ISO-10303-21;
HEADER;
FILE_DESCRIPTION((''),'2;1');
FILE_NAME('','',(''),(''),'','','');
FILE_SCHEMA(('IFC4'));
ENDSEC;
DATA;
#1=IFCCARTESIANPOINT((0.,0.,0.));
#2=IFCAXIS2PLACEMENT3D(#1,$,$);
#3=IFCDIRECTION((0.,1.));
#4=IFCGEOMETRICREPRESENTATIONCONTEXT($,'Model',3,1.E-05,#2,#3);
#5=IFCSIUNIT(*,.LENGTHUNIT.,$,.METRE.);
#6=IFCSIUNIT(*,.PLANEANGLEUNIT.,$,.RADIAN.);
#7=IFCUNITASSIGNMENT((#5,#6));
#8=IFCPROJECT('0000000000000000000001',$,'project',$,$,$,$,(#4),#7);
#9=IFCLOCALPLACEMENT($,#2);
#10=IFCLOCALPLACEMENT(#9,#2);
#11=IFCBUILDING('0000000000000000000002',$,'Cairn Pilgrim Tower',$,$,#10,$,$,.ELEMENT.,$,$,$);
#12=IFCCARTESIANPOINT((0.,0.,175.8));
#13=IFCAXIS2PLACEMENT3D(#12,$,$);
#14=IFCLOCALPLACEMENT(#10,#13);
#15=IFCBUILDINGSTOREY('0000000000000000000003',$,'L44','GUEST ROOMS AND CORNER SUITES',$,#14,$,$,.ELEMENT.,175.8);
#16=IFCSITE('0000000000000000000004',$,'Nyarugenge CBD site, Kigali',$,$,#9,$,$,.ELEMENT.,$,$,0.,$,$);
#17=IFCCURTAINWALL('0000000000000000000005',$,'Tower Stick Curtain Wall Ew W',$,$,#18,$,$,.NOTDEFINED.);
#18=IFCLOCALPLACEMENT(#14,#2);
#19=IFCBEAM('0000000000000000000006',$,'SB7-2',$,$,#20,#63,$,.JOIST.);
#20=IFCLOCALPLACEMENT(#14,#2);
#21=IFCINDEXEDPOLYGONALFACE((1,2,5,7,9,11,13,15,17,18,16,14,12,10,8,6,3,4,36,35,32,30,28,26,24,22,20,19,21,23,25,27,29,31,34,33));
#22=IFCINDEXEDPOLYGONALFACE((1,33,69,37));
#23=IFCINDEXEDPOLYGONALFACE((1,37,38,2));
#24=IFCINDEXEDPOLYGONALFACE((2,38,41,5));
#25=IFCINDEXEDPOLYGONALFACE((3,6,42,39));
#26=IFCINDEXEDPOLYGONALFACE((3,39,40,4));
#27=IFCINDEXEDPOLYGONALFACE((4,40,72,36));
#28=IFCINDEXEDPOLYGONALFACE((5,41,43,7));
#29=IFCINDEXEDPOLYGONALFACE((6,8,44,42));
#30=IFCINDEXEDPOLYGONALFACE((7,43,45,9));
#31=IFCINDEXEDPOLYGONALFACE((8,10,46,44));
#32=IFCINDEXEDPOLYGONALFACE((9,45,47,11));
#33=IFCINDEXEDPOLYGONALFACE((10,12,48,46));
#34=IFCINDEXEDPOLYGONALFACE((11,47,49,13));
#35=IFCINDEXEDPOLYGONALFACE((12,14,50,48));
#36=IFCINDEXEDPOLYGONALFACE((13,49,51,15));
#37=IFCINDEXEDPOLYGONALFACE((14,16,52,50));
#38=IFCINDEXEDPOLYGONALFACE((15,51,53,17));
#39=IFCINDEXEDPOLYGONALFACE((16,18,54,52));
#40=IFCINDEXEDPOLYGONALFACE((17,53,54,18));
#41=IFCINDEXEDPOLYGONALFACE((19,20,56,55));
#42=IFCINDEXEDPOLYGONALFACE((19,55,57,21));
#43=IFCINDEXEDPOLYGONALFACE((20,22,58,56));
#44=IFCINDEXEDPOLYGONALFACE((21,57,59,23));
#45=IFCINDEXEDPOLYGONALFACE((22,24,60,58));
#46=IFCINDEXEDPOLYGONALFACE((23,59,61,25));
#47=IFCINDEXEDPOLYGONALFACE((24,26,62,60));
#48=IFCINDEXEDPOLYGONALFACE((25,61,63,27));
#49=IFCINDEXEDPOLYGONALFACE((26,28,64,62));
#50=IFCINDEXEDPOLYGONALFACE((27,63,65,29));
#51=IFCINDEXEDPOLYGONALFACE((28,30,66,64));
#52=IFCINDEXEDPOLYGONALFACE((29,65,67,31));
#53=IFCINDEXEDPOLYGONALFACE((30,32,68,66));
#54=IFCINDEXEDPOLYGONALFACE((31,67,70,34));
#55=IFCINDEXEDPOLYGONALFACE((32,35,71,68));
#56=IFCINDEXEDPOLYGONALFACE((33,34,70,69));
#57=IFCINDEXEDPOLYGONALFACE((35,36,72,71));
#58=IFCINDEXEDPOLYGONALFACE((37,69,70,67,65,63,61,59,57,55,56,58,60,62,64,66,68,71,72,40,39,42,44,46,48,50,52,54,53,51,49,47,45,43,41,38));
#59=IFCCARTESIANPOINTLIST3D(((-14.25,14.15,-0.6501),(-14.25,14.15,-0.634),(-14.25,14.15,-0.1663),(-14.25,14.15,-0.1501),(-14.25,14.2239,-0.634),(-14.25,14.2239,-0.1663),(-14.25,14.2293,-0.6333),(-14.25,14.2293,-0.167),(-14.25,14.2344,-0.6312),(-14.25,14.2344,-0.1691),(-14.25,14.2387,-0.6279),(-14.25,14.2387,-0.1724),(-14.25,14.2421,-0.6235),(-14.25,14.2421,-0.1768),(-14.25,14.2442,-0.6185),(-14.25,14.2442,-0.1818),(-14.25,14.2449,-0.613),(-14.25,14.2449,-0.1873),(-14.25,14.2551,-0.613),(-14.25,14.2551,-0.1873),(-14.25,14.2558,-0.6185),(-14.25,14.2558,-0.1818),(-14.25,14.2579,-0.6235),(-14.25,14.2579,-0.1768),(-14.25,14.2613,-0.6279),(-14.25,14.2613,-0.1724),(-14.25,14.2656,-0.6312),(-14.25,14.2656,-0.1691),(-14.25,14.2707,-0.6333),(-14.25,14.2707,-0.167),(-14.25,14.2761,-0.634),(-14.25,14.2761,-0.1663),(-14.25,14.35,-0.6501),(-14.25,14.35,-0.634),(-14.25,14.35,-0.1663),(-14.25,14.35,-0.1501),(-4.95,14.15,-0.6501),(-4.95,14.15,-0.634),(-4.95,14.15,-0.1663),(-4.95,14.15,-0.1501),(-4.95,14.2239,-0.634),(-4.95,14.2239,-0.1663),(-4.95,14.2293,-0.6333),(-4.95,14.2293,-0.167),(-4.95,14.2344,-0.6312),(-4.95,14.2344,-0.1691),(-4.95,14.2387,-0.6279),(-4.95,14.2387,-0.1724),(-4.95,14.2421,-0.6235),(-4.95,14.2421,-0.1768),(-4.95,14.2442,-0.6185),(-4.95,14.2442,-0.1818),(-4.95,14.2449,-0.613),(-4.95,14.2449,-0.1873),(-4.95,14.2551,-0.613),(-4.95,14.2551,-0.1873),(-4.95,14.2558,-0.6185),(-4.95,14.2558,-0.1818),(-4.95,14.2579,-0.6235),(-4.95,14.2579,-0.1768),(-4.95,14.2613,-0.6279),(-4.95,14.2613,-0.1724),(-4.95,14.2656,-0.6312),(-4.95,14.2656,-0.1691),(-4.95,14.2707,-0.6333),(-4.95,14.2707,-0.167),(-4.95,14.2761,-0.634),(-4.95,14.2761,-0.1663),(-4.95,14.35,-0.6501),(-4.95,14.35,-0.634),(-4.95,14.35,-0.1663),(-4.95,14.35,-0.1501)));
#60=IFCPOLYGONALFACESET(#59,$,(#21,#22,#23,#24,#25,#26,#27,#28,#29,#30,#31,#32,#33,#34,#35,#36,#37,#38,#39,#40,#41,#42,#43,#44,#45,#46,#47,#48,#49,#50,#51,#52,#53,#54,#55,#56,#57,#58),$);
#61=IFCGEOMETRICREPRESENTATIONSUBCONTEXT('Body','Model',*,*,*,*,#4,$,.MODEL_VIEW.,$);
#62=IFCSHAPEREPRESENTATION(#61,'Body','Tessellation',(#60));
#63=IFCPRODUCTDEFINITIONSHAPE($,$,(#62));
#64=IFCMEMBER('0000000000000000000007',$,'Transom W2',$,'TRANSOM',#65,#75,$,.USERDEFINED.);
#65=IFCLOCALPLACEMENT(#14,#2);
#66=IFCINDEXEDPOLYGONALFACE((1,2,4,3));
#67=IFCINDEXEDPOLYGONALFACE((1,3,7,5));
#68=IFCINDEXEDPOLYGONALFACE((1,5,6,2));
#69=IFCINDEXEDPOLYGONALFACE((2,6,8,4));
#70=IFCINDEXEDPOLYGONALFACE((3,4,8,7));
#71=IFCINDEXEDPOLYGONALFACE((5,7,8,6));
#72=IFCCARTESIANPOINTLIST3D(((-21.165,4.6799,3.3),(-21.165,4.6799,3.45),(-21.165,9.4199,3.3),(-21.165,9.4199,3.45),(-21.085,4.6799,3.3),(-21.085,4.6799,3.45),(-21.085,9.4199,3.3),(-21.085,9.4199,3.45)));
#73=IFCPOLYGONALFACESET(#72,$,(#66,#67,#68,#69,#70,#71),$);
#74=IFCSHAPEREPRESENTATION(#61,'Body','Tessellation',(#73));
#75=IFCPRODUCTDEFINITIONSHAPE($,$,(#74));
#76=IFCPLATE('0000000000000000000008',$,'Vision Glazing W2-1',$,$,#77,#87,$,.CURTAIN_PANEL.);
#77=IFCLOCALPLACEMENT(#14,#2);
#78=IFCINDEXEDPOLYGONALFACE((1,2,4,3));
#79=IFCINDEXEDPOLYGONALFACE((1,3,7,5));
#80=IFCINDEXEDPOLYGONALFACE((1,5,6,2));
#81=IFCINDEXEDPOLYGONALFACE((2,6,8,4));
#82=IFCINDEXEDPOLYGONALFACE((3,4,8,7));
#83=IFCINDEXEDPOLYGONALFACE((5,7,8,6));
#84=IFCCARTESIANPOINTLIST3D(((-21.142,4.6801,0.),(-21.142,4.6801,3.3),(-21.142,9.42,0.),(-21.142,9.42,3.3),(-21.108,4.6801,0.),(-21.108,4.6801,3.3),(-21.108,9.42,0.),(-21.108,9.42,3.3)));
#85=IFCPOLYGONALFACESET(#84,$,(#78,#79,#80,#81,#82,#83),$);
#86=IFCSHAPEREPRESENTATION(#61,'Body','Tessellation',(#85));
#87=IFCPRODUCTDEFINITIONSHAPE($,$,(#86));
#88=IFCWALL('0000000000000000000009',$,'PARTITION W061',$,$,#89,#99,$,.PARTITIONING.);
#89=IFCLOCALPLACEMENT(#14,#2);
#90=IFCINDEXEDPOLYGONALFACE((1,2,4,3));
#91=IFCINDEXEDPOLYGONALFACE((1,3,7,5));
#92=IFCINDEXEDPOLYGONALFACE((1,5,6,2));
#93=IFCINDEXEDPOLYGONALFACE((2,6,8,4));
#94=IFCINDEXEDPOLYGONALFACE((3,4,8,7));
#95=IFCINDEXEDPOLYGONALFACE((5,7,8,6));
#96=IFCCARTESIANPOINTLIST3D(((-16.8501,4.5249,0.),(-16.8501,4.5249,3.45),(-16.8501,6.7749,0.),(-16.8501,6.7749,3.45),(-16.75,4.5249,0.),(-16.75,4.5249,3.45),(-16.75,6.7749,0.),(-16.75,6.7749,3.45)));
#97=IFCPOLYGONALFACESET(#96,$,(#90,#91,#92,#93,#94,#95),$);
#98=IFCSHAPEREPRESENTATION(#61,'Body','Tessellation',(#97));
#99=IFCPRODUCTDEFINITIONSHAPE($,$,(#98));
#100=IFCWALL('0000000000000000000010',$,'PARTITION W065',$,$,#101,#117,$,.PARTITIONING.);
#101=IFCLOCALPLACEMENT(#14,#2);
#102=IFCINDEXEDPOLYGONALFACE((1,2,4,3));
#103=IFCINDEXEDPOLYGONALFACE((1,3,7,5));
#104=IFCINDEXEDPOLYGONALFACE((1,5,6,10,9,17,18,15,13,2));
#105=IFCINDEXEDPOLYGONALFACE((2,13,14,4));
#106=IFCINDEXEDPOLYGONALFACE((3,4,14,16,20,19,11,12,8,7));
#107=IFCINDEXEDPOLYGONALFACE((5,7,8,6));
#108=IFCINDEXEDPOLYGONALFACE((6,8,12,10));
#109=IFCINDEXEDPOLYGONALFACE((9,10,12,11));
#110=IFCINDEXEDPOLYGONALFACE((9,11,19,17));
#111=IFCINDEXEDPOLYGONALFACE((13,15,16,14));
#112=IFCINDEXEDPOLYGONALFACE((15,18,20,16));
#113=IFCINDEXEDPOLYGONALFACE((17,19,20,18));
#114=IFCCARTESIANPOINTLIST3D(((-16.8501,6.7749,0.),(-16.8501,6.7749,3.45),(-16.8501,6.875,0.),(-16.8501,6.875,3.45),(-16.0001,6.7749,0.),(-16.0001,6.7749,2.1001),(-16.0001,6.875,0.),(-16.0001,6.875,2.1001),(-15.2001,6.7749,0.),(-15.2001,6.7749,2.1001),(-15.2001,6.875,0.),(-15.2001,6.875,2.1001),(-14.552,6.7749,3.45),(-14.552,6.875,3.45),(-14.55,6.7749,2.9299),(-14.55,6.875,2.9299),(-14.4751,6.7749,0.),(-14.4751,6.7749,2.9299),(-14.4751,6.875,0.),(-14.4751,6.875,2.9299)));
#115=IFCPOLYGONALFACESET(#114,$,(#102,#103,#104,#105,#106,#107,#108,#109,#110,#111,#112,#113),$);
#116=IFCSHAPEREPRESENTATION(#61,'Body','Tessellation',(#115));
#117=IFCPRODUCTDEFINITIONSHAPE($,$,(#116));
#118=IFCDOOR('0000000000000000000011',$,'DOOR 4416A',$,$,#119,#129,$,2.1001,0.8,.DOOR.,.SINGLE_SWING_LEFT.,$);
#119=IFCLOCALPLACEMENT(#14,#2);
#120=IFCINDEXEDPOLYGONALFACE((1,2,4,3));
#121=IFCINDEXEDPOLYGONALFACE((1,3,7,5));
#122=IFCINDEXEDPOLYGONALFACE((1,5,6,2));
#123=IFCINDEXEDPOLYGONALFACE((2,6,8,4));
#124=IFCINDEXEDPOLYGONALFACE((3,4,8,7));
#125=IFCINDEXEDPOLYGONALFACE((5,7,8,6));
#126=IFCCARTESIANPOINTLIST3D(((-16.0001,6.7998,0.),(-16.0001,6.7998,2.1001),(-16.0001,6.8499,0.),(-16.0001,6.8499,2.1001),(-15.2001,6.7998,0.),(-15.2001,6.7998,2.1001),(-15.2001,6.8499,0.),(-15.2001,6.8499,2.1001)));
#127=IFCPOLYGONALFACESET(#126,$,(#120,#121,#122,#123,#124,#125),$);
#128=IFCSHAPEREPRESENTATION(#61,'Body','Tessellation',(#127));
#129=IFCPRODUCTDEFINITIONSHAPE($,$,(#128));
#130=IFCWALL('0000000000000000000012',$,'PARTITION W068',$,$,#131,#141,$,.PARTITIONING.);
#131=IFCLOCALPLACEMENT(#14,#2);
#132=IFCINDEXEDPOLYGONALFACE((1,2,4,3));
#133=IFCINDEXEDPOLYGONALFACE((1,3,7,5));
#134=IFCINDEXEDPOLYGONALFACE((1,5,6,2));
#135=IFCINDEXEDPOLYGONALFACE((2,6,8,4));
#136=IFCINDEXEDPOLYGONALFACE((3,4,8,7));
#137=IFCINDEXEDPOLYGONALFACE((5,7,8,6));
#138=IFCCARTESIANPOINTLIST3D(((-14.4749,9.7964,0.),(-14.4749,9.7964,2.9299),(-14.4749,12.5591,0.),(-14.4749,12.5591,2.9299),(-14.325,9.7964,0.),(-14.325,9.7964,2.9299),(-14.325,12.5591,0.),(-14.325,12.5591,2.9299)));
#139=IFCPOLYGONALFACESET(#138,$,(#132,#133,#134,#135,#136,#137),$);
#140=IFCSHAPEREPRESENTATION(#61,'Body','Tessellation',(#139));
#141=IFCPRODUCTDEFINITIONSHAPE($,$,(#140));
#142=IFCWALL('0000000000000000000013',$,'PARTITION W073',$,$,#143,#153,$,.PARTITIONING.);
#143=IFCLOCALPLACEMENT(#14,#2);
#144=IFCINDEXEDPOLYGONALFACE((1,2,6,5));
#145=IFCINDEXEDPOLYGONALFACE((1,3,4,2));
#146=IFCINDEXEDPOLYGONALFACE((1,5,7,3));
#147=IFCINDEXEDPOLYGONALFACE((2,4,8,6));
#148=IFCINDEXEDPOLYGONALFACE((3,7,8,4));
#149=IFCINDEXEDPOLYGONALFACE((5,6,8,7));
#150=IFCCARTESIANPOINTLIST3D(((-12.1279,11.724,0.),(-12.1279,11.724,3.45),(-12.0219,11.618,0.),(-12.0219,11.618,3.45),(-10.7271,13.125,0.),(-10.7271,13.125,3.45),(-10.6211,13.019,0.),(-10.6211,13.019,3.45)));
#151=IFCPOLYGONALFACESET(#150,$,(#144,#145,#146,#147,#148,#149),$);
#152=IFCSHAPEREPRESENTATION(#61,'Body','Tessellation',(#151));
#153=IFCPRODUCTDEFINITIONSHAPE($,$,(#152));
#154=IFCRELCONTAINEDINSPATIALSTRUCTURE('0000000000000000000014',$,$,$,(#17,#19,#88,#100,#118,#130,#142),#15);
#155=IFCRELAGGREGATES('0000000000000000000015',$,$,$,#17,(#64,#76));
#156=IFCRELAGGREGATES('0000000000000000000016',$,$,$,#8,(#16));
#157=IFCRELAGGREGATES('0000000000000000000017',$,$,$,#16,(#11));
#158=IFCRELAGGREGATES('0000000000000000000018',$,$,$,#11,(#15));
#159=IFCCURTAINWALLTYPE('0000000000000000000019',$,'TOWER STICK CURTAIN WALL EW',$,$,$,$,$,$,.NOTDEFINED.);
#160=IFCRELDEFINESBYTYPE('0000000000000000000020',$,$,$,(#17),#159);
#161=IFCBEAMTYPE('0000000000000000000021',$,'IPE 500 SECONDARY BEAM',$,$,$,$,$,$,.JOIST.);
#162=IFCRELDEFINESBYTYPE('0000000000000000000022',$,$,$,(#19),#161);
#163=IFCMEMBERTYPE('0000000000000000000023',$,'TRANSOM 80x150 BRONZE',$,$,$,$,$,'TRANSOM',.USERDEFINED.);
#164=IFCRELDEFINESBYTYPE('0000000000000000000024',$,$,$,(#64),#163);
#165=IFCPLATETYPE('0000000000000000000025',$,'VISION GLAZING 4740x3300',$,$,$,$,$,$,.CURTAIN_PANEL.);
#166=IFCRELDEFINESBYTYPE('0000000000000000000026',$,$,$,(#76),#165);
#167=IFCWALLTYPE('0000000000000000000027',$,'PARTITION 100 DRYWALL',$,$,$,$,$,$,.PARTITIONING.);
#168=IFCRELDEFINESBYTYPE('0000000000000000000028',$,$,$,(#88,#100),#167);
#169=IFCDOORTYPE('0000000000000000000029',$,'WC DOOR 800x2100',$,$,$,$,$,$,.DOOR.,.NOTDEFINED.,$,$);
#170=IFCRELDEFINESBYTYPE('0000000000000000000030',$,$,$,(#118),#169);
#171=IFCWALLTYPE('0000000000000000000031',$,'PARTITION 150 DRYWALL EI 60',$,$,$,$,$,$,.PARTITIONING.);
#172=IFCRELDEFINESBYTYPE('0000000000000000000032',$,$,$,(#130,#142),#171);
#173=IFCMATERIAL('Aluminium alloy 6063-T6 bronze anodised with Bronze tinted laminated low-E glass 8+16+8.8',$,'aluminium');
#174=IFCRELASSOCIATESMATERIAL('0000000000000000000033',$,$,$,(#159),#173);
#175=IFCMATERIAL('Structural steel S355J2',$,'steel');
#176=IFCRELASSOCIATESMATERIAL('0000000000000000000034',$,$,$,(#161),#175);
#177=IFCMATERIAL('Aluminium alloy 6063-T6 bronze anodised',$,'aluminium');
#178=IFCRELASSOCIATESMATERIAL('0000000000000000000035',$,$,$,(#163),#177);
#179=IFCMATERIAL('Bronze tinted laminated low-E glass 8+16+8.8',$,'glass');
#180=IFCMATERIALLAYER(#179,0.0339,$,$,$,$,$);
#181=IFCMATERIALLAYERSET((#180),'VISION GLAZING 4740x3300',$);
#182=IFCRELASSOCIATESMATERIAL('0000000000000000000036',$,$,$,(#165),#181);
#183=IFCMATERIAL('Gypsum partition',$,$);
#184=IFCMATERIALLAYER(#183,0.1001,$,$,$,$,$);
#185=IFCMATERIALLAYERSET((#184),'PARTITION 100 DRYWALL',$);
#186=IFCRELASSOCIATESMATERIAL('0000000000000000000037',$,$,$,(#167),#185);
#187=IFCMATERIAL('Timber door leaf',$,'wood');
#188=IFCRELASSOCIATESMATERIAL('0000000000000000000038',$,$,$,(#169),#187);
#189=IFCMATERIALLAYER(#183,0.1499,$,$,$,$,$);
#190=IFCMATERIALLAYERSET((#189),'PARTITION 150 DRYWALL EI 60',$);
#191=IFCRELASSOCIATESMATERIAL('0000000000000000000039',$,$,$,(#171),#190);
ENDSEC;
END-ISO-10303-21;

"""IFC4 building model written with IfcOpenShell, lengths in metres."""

from ifc_helpers import new_model, si_unit, direction, frame, frame_2d, origin, origin_2d, place, context, subcontext, project, spatial, polyline, rectangle, i_section, outline, extrude, material, layer, layer_set, material_profile, profile_set, type_object, element, fill, aggregate, save


model = new_model("IFC4")

# Units and contexts
model_context = context("Model", 3, precision=1e-05, world=origin(), true_north=direction((0.0, 1.0)))
body_context = subcontext(model_context, "Body", "Model", "MODEL_VIEW")
ifc_project = project(units=[si_unit("LENGTHUNIT", "METRE"), si_unit("PLANEANGLEUNIT", "RADIAN")], contexts=[model_context])

# Site, building, storey
site_placement = place(None, origin())
site = spatial("IfcSite", under=ifc_project, at=site_placement, Name="Nyarugenge CBD site, Kigali", CompositionType="ELEMENT", RefElevation=0.0)
building_placement = place(site_placement, origin())
building = spatial("IfcBuilding", under=site, at=building_placement, Name="Cairn Pilgrim Tower", CompositionType="ELEMENT")
storey_placement = place(building_placement, frame((0.0, 0.0, 175.8)))
storey = spatial("IfcBuildingStorey", under=building, at=storey_placement, Name="L44", Description="GUEST ROOMS AND CORNER SUITES", CompositionType="ELEMENT", Elevation=175.8)

# Shared definitions
ifc_material_1 = material(Name="Structural steel S355J2", Category="steel")

# Curtain wall
ifc_material_2 = material(Name="Aluminium alloy 6063-T6 bronze anodised with Bronze tinted laminated low-E glass 8+16+8.8", Category="aluminium")
curtain_wall_type = type_object("IfcCurtainWallType", Name="TOWER STICK CURTAIN WALL EW", PredefinedType="NOTDEFINED", material=ifc_material_2)
curtain_wall_placement = place(storey_placement, origin())
curtain_wall = element("IfcCurtainWall", 1, at=curtain_wall_placement, inside=storey, type_object=curtain_wall_type, Name="Tower Stick Curtain Wall Ew W", PredefinedType="NOTDEFINED")
ifc_material_3 = material(Name="Aluminium alloy 6063-T6 bronze anodised", Category="aluminium")

# Beam
ifc_material_profile_1 = material_profile(ifc_material_1, i_section(OverallWidth=0.2, OverallDepth=0.5, WebThickness=0.0103, FlangeThickness=0.0161, FilletRadius=0.021, at=origin_2d()), Name="IPE 500")
ifc_profile_set_1 = profile_set([ifc_material_profile_1], Name="Structural steel S355J2")
beam_type_1 = type_object("IfcBeamType", Name="IPE 500 SECONDARY BEAM", PredefinedType="JOIST", material=ifc_profile_set_1)
for number, where, z_axis, x_axis, name in (
    (2, (-14.25, 14.25, -0.4001), (1.0, 0.0, 0.0), (0.0, 1.0, 0.0), "SB7-2"),
):
    element("IfcBeam", number, at=place(storey_placement, frame(where, z_axis=z_axis, x_axis=x_axis)), inside=storey, type_object=beam_type_1, Name=name, PredefinedType="JOIST", context=body_context, shape_type="SweptSolid", body=[
        extrude(i_section(OverallWidth=0.2, OverallDepth=0.5, WebThickness=0.0103, FlangeThickness=0.0161, FilletRadius=0.021, at=origin_2d()), origin(), (0.0, 0.0, 1.0), 9.3),
    ])

# Member
ifc_material_profile_2 = material_profile(ifc_material_3, rectangle(XDim=0.0801, YDim=0.1499, at=origin_2d()), Name="TRANSOM 80x150 BRONZE")
ifc_profile_set_2 = profile_set([ifc_material_profile_2], Name="Aluminium alloy 6063-T6 bronze anodised")
member_type_1 = type_object("IfcMemberType", Name="TRANSOM 80x150 BRONZE", ElementType="TRANSOM", PredefinedType="USERDEFINED", material=ifc_profile_set_2)
member_1_placement = place(storey_placement, frame((-21.125, 9.4199, 3.375), z_axis=(0.0, -1.0, 0.0), x_axis=(1.0, 0.0, 0.0)))
member_1 = element("IfcMember", 3, at=member_1_placement, type_object=member_type_1, Name="Transom W2", ObjectType="TRANSOM", PredefinedType="USERDEFINED", context=body_context, shape_type="SweptSolid", body=[
    extrude(rectangle(XDim=0.0801, YDim=0.1499, at=origin_2d()), origin(), (0.0, 0.0, 1.0), 4.74),
])

# Plate
ifc_material_4 = material(Name="Bronze tinted laminated low-E glass 8+16+8.8", Category="glass")
ifc_layer_1 = layer(ifc_material_4, 0.0339)
ifc_layer_set_1 = layer_set([ifc_layer_1], Name="VISION GLAZING 4740x3300")
plate_type = type_object("IfcPlateType", Name="VISION GLAZING 4740x3300", PredefinedType="CURTAIN_PANEL", material=ifc_layer_set_1)
plate_placement = place(storey_placement, frame((-21.125, 7.05, 0.0), z_axis=(0.0, 0.0, 1.0), x_axis=(0.0, -1.0, 0.0)))
plate = element("IfcPlate", 4, at=plate_placement, type_object=plate_type, Name="Vision Glazing W2-1", PredefinedType="CURTAIN_PANEL", context=body_context, shape_type="SweptSolid", body=[
    extrude(rectangle(XDim=4.74, YDim=0.0339, at=origin_2d()), origin(), (0.0, 0.0, 1.0), 3.3),
])
aggregate(curtain_wall, [member_1, plate])

# Wall
ifc_material_5 = material(Name="Gypsum partition")
ifc_layer_2 = layer(ifc_material_5, 0.1001)
ifc_layer_set_2 = layer_set([ifc_layer_2], Name="PARTITION 100 DRYWALL")
wall_type_1 = type_object("IfcWallType", Name="PARTITION 100 DRYWALL", PredefinedType="PARTITIONING", material=ifc_layer_set_2)
wall_1_placement = place(storey_placement, frame((-16.8, 4.5249, 0.0), z_axis=(0.0, 0.0, 1.0), x_axis=(0.0, 1.0, 0.0)))
element("IfcWall", 5, at=wall_1_placement, inside=storey, type_object=wall_type_1, Name="PARTITION W061", PredefinedType="PARTITIONING", context=body_context, shape_type="SweptSolid", body=[
    extrude(rectangle(XDim=2.25, YDim=0.1001, at=frame_2d((1.125, 0.0))), origin(), (0.0, 0.0, 1.0), 3.45),
])

# Wall, opening, door
wall_2_placement = place(storey_placement, frame((-16.8501, 6.825, 0.0), z_axis=(0.0, 0.0, 1.0), x_axis=(1.0, 0.0, 0.0)))
wall_2 = element("IfcWall", 6, at=wall_2_placement, inside=storey, type_object=wall_type_1, Name="PARTITION W065", PredefinedType="PARTITIONING", context=body_context, shape_type="SweptSolid", body=[
    extrude(outline(polyline([(0.0, 0.0), (2.375, 0.0), (2.375, 2.9299), (2.3, 2.9299), (2.2981, 3.45), (0.0, 3.45), (0.0, 0.0)])), frame((0.0, 0.05, 0.0), z_axis=(0.0, -1.0, 0.0), x_axis=(1.0, 0.0, 0.0)), (0.0, 0.0, 1.0), 0.1001),
])
opening_1_placement = place(wall_2_placement, frame((0.8501, 0.0, 0.0)))
opening_1 = element("IfcOpeningElement", 7, at=opening_1_placement, cuts=wall_2, PredefinedType="OPENING", context=body_context, shape_type="SweptSolid", body=[
    extrude(rectangle(XDim=0.8, YDim=2.1001, at=frame_2d((0.3999, 1.05))), frame((0.0, 0.0601, 0.0), z_axis=(0.0, -1.0, 0.0), x_axis=(1.0, 0.0, 0.0)), (0.0, 0.0, 1.0), 0.1201),
])
ifc_material_6 = material(Name="Timber door leaf", Category="wood")
door_type_1 = type_object("IfcDoorType", Name="WC DOOR 800x2100", OperationType="NOTDEFINED", PredefinedType="DOOR", material=ifc_material_6)
door_1_placement = place(opening_1_placement, origin())
door_1 = element("IfcDoor", 8, at=door_1_placement, inside=storey, type_object=door_type_1, Name="DOOR 4416A", OperationType="SINGLE_SWING_LEFT", OverallHeight=2.1001, OverallWidth=0.8, PredefinedType="DOOR", context=body_context, shape_type="SweptSolid", body=[
    extrude(rectangle(XDim=0.8, YDim=2.1001, at=frame_2d((0.3999, 1.05))), frame((0.0, 0.0249, 0.0), z_axis=(0.0, -1.0, 0.0), x_axis=(1.0, 0.0, 0.0)), (0.0, 0.0, 1.0), 0.05),
])
fill(opening_1, door_1)

# Walls
ifc_layer_3 = layer(ifc_material_5, 0.1499)
ifc_layer_set_3 = layer_set([ifc_layer_3], Name="PARTITION 150 DRYWALL EI 60")
wall_type_2 = type_object("IfcWallType", Name="PARTITION 150 DRYWALL EI 60", PredefinedType="PARTITIONING", material=ifc_layer_set_3)
wall_3_placement = place(storey_placement, frame((-14.3999, 9.7964, 0.0), z_axis=(0.0, 0.0, 1.0), x_axis=(0.0, 1.0, 0.0)))
element("IfcWall", 9, at=wall_3_placement, inside=storey, type_object=wall_type_2, Name="PARTITION W068", PredefinedType="PARTITIONING", context=body_context, shape_type="SweptSolid", body=[
    extrude(rectangle(XDim=2.7627, YDim=0.1499, at=frame_2d((1.3813, 0.0))), origin(), (0.0, 0.0, 1.0), 2.9299),
])
wall_4_placement = place(storey_placement, frame((-12.075, 11.6709, 0.0), z_axis=(0.0, 0.0, 1.0), x_axis=(0.707045, 0.707168, 0.0)))
element("IfcWall", 10, at=wall_4_placement, inside=storey, type_object=wall_type_2, Name="PARTITION W073", PredefinedType="PARTITIONING", context=body_context, shape_type="SweptSolid", body=[
    extrude(rectangle(XDim=1.9812, YDim=0.1499, at=frame_2d((0.9907, 0.0))), origin(), (0.0, 0.0, 1.0), 3.45),
])

save(model, "model.ifc")
